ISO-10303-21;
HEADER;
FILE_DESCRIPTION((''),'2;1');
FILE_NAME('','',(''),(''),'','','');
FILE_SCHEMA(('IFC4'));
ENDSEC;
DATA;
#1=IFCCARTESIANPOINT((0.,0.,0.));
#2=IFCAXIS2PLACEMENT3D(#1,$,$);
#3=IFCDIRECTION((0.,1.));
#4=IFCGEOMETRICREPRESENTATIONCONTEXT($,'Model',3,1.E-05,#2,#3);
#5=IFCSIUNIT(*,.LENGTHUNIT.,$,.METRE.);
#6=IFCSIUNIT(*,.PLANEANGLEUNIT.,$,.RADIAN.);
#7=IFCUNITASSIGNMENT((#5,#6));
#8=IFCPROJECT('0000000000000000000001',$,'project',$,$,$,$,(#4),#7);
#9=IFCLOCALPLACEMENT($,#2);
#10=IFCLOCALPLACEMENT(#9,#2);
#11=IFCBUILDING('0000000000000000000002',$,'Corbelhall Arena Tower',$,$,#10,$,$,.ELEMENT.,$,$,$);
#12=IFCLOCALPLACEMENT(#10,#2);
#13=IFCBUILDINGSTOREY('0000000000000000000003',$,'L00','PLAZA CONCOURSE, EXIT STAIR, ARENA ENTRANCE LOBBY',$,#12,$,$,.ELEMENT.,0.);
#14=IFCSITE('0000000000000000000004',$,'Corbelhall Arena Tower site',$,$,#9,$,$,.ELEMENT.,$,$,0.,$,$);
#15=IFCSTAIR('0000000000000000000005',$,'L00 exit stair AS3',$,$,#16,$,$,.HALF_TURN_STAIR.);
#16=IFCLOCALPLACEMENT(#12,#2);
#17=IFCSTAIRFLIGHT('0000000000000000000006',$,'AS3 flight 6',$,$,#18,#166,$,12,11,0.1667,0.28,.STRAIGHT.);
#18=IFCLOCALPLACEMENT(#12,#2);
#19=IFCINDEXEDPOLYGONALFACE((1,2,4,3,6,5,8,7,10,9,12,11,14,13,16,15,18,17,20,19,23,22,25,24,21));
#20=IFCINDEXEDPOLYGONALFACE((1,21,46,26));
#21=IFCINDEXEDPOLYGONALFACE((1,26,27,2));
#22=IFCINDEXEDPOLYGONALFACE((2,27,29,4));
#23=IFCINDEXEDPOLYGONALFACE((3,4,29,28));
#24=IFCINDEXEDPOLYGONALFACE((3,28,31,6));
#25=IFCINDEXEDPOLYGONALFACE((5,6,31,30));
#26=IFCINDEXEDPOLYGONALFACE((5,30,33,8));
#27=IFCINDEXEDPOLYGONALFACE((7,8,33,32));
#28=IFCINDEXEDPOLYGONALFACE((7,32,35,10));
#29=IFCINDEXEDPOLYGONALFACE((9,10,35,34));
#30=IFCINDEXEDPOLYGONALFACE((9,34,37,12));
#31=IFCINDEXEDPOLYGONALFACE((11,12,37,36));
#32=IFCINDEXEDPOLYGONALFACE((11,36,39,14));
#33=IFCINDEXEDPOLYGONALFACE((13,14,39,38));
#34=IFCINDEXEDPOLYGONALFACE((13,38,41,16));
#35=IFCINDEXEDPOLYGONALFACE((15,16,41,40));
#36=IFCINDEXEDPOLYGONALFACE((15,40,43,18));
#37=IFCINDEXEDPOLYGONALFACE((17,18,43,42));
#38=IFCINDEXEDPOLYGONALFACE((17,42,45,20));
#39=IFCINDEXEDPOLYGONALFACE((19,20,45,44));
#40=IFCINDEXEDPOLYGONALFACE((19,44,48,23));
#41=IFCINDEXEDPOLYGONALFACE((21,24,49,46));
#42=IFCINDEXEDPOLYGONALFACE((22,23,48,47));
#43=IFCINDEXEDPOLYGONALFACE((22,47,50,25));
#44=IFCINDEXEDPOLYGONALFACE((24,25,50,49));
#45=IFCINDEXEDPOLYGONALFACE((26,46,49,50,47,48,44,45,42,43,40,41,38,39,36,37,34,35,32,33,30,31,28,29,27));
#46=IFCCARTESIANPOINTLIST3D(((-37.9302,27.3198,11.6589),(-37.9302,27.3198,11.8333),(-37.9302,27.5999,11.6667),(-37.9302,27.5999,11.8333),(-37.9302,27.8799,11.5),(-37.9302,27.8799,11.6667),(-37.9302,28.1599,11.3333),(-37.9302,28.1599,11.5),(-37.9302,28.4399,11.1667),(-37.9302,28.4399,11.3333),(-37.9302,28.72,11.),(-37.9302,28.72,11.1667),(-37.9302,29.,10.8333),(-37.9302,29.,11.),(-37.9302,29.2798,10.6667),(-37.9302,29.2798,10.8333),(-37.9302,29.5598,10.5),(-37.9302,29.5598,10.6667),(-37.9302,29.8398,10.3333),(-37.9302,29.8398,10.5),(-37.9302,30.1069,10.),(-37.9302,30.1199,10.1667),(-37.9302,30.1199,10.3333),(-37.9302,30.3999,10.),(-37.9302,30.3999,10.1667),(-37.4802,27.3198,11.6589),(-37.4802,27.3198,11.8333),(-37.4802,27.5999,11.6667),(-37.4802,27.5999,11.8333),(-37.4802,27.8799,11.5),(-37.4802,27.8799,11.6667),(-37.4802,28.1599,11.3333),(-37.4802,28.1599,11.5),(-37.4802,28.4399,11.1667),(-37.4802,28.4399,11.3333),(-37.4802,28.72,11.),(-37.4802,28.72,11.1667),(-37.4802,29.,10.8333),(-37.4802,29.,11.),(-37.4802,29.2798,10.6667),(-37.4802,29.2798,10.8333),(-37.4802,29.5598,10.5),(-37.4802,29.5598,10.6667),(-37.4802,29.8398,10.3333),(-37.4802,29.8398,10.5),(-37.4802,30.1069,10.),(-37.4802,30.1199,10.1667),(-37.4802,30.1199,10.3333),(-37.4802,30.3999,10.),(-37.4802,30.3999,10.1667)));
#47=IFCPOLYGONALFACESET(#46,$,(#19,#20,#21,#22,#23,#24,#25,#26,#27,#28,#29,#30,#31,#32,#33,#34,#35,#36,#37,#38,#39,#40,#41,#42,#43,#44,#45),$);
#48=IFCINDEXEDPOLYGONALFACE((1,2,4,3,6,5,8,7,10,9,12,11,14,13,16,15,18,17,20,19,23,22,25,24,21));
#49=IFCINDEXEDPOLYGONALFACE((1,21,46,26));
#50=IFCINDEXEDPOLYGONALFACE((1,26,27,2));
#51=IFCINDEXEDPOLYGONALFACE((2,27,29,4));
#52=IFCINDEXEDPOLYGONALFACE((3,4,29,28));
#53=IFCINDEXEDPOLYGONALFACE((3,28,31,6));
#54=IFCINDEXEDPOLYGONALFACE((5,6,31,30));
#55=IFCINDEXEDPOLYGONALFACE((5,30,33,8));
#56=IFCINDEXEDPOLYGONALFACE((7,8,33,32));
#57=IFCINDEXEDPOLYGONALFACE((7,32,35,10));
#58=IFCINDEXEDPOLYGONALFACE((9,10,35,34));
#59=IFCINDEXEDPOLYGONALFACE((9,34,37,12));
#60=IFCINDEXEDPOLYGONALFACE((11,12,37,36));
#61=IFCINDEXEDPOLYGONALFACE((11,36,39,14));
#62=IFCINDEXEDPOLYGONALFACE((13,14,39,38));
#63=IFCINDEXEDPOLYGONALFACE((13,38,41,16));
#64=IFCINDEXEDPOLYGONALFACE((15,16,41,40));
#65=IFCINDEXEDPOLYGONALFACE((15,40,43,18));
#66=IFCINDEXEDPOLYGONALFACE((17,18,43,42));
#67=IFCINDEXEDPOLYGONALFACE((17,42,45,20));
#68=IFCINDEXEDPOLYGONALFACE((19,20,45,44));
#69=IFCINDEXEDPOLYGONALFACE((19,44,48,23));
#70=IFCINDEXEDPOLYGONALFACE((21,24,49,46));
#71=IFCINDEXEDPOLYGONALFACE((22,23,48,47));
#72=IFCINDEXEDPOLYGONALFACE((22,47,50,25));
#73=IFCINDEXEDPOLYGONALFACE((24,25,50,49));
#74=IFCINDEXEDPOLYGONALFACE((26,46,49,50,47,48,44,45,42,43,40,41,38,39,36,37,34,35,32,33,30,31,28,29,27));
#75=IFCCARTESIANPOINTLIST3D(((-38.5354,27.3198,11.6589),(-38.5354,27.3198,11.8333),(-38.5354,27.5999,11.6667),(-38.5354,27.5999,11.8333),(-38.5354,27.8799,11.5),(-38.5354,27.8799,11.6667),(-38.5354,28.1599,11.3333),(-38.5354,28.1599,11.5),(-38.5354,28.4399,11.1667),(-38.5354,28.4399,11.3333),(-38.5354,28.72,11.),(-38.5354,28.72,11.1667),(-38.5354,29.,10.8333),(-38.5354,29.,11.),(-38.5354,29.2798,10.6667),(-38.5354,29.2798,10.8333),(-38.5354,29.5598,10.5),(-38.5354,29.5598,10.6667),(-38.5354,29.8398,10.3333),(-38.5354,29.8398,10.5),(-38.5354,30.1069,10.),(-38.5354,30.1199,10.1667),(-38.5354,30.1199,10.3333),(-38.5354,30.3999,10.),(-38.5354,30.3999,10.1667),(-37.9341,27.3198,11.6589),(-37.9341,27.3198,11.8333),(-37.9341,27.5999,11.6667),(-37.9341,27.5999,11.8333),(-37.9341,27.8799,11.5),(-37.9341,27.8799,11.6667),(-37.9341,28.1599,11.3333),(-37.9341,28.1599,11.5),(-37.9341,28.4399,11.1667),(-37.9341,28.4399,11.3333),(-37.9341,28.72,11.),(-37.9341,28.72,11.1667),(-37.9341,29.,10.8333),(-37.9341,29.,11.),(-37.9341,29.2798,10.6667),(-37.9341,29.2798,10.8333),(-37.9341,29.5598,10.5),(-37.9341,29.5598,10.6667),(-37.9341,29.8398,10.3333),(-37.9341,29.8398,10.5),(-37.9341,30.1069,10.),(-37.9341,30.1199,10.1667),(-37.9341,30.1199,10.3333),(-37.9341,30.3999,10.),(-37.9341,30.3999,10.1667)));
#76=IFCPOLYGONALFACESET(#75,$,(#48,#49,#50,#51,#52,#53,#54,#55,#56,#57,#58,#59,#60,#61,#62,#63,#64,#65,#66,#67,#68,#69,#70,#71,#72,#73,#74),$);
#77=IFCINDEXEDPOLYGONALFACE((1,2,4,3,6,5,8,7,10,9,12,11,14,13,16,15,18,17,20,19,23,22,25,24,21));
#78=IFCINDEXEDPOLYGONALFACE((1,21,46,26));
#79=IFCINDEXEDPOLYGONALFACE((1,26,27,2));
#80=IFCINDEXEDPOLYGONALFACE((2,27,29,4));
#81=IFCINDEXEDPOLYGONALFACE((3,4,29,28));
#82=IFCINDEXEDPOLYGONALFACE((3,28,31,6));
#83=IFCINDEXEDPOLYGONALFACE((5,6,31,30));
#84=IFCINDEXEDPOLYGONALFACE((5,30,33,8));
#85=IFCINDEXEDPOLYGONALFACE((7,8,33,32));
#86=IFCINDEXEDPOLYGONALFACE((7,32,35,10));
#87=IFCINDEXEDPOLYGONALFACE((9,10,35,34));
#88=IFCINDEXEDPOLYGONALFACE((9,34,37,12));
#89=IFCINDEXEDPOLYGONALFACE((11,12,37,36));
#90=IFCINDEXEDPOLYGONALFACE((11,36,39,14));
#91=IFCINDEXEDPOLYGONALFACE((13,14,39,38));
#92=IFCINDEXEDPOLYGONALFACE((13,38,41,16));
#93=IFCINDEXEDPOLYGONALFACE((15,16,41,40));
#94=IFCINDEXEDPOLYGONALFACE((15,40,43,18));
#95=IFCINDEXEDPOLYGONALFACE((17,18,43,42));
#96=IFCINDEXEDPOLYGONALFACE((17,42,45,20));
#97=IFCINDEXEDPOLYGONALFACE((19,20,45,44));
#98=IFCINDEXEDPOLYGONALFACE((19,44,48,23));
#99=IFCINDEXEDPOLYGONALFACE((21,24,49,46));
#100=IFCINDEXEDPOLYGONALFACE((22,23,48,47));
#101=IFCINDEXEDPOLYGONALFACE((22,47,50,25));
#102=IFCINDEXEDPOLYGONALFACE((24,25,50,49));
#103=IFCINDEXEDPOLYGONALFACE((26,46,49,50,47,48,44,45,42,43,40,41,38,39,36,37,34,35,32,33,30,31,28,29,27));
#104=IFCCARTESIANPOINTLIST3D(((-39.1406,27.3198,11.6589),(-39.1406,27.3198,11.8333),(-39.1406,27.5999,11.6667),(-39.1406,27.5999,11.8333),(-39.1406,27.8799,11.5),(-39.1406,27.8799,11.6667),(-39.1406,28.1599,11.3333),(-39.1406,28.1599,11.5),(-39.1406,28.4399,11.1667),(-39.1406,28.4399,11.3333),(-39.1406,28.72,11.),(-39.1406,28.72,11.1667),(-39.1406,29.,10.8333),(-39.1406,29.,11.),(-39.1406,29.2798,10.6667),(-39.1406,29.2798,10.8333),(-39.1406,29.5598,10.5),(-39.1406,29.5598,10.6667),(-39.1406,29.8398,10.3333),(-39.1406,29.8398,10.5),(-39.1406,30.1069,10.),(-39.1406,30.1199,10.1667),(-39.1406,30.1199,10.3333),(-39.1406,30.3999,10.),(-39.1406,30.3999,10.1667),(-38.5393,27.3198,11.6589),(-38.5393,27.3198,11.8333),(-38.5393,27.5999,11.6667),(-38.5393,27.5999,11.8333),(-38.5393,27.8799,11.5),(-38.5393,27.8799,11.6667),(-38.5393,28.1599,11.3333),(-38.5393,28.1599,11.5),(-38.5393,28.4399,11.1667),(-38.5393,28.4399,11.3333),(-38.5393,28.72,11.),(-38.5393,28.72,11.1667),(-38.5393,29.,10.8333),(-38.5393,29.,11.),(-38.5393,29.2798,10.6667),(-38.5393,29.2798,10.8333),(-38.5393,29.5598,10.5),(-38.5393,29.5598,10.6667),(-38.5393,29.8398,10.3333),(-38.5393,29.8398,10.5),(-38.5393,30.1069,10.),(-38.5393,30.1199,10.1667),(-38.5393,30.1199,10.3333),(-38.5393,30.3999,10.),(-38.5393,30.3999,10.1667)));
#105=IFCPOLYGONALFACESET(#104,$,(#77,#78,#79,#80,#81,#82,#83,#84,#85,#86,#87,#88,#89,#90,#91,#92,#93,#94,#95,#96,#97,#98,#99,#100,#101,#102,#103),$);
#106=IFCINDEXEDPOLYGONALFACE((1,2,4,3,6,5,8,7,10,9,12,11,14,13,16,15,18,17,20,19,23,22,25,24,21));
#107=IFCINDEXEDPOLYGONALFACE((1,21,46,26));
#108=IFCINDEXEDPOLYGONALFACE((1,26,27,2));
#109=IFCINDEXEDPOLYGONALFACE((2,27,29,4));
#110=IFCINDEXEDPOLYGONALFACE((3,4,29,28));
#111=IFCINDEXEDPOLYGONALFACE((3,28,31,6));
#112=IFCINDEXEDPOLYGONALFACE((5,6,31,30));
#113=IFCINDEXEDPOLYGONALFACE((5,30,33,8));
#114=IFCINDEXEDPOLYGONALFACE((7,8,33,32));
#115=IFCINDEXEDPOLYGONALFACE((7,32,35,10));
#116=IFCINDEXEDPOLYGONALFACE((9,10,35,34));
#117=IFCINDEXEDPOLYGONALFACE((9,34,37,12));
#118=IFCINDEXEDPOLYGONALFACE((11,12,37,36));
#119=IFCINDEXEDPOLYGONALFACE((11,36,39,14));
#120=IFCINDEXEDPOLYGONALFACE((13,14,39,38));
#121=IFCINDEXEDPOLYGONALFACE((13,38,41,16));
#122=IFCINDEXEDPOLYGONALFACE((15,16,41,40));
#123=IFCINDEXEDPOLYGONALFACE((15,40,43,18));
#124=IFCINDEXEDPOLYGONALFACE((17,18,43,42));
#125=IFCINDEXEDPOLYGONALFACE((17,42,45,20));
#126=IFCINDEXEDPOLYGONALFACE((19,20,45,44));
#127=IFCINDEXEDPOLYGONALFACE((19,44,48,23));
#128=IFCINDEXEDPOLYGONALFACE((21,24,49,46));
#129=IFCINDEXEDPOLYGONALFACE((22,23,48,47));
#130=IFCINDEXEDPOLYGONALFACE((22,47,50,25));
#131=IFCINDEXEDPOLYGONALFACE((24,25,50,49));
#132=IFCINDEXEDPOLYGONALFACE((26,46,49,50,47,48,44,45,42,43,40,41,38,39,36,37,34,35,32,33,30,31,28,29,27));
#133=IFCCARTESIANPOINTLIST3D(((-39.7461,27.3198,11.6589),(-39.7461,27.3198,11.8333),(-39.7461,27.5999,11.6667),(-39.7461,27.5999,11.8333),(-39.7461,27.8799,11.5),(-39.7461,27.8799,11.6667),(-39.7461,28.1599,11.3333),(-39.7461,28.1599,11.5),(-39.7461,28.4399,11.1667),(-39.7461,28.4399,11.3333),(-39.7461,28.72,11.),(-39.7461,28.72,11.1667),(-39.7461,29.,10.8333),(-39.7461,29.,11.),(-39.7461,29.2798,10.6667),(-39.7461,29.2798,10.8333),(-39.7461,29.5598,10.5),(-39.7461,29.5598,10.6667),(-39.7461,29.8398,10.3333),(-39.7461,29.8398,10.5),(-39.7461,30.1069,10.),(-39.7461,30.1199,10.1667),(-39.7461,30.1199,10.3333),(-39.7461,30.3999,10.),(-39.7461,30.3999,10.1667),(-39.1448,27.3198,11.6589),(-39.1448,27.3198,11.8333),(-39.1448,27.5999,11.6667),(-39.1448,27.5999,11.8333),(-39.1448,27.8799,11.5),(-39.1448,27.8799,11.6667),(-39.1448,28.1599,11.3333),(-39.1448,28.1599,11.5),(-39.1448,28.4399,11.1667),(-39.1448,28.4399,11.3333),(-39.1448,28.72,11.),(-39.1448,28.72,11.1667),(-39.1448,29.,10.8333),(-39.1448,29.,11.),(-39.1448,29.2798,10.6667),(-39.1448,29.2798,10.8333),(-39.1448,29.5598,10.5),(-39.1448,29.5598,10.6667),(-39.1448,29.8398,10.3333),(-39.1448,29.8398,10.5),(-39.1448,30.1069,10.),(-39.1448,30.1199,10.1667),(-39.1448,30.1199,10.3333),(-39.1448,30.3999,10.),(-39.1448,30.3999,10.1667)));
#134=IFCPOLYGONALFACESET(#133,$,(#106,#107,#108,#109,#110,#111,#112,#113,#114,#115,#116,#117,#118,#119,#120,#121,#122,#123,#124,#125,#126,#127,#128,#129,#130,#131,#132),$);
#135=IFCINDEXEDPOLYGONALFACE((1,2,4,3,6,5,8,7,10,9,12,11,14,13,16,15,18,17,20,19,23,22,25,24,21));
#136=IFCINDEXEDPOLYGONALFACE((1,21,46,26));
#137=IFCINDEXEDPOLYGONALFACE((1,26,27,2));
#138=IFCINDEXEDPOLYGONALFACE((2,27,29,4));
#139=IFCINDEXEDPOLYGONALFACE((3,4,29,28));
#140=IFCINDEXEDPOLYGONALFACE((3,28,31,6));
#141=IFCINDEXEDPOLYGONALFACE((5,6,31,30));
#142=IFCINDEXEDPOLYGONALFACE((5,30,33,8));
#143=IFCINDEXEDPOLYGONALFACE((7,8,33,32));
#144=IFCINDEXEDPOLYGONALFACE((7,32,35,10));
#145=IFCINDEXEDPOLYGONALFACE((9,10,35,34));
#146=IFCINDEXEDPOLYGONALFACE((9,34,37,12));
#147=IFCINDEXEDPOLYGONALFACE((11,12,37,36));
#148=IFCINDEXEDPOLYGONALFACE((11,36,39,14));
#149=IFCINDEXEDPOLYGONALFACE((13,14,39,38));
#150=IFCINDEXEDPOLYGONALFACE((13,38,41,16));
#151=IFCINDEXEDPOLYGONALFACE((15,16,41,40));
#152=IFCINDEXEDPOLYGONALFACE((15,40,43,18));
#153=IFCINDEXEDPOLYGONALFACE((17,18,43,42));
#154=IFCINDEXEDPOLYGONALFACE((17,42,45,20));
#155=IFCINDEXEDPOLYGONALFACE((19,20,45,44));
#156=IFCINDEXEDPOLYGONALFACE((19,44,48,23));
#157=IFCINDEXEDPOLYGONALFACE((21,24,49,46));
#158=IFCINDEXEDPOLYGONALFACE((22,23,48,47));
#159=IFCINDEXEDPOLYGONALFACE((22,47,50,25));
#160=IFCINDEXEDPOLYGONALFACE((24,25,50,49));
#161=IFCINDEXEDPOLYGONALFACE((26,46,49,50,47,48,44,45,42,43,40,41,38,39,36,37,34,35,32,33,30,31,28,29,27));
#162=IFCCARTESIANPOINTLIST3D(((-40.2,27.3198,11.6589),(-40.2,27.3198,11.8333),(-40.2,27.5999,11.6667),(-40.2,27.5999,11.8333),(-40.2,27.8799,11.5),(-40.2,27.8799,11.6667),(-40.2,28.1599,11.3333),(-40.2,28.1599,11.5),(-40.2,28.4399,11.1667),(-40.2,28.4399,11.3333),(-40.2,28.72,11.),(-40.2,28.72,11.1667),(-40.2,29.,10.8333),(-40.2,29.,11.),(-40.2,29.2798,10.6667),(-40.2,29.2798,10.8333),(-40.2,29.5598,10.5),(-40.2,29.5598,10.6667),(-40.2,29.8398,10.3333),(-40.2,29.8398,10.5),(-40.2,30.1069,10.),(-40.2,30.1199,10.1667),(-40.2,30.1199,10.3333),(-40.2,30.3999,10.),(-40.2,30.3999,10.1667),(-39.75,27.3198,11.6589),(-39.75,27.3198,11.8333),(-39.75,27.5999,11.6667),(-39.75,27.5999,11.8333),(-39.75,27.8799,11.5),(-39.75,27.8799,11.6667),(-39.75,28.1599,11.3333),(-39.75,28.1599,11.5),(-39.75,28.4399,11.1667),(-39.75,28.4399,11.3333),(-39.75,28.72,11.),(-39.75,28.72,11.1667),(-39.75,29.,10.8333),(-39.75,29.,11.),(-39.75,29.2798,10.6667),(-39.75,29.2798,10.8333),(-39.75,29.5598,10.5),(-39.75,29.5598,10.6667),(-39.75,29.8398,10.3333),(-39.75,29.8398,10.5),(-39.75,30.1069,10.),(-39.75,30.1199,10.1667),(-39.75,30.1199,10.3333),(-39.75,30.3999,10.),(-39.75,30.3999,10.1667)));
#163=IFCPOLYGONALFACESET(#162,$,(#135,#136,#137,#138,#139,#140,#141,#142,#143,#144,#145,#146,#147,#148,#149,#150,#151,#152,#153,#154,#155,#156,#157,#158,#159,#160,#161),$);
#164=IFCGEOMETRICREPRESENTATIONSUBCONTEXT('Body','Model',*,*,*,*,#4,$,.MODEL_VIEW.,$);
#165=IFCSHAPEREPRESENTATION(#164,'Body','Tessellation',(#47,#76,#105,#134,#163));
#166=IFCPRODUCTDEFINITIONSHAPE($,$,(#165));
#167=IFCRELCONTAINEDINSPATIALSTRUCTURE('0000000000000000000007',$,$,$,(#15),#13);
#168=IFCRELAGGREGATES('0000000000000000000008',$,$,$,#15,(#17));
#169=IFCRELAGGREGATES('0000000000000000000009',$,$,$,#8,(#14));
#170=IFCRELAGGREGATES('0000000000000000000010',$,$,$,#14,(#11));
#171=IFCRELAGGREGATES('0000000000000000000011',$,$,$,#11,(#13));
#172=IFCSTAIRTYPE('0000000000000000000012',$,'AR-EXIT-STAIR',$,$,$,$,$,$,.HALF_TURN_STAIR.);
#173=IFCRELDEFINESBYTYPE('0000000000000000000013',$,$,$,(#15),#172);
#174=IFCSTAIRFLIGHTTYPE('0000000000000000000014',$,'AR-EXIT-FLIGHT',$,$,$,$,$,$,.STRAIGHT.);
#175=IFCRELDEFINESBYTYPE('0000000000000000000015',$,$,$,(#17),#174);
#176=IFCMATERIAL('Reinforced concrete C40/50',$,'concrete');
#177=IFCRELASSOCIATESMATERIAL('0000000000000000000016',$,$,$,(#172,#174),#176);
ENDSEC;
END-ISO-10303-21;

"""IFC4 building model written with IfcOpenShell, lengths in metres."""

from ifc_helpers import new_model, si_unit, direction, frame, origin, place, context, subcontext, project, spatial, polyline, outline, extrude, material, type_object, element, aggregate, save


model = new_model("IFC4")

# Units and contexts
model_context = context("Model", 3, precision=1e-05, world=origin(), true_north=direction((0.0, 1.0)))
body_context = subcontext(model_context, "Body", "Model", "MODEL_VIEW")
ifc_project = project(units=[si_unit("LENGTHUNIT", "METRE"), si_unit("PLANEANGLEUNIT", "RADIAN")], contexts=[model_context])

# Site, building, storey
site_placement = place(None, origin())
site = spatial("IfcSite", under=ifc_project, at=site_placement, Name="Corbelhall Arena Tower site", CompositionType="ELEMENT", RefElevation=0.0)
building_placement = place(site_placement, origin())
building = spatial("IfcBuilding", under=site, at=building_placement, Name="Corbelhall Arena Tower", CompositionType="ELEMENT")
storey_placement = place(building_placement, origin())
storey = spatial("IfcBuildingStorey", under=building, at=storey_placement, Name="L00", Description="PLAZA CONCOURSE, EXIT STAIR, ARENA ENTRANCE LOBBY", CompositionType="ELEMENT", Elevation=0.0)

# Shared definitions
ifc_material_1 = material(Name="Reinforced concrete C40/50", Category="concrete")

# Stair, stair flight
stair_type = type_object("IfcStairType", Name="AR-EXIT-STAIR", PredefinedType="HALF_TURN_STAIR", material=ifc_material_1)
stair_1_placement = place(storey_placement, origin())
stair_1 = element("IfcStair", 1, at=stair_1_placement, inside=storey, type_object=stair_type, Name="L00 exit stair AS3", PredefinedType="HALF_TURN_STAIR")
stair_flight_type = type_object("IfcStairFlightType", Name="AR-EXIT-FLIGHT", PredefinedType="STRAIGHT", material=ifc_material_1)
stair_flight_1_placement = place(storey_placement, frame((-38.8401, 30.3999, 10.0), z_axis=(0.0, 0.0, 1.0), x_axis=(0.0, -1.0, 0.0)))
stair_flight_1 = element("IfcStairFlight", 2, at=stair_flight_1_placement, type_object=stair_flight_type, Name="AS3 flight 6", NumberOfRisers=12, NumberOfTreads=11, PredefinedType="STRAIGHT", RiserHeight=0.1667, TreadLength=0.28, context=body_context, shape_type="SweptSolid", body=[
    extrude(outline(polyline([(0.0, 0.0), (0.0, 0.1667), (0.28, 0.1667), (0.28, 0.3333), (0.5601, 0.3333), (0.5601, 0.5), (0.8401, 0.5), (0.8401, 0.6667), (1.1201, 0.6667), (1.1201, 0.8333), (1.3999, 0.8333), (1.3999, 1.0), (1.6799, 1.0), (1.6799, 1.1667), (1.96, 1.1667), (1.96, 1.3333), (2.24, 1.3333), (2.24, 1.5), (2.52, 1.5), (2.52, 1.6667), (2.8, 1.6667), (2.8, 1.8333), (3.0801, 1.8333), (3.0801, 2.0), (3.0801, 1.6589), (0.293, 0.0), (0.0, 0.0)])), frame((0.0, 1.3599, 0.0), z_axis=(0.0, -1.0, 0.0), x_axis=(1.0, 0.0, 0.0)), (0.0, 0.0, 1.0), 0.45),
    extrude(outline(polyline([(0.0, 0.0), (0.0, 0.1667), (0.28, 0.1667), (0.28, 0.3333), (0.5601, 0.3333), (0.5601, 0.5), (0.8401, 0.5), (0.8401, 0.6667), (1.1201, 0.6667), (1.1201, 0.8333), (1.3999, 0.8333), (1.3999, 1.0), (1.6799, 1.0), (1.6799, 1.1667), (1.96, 1.1667), (1.96, 1.3333), (2.24, 1.3333), (2.24, 1.5), (2.52, 1.5), (2.52, 1.6667), (2.8, 1.6667), (2.8, 1.8333), (3.0801, 1.8333), (3.0801, 2.0), (3.0801, 1.6589), (0.293, 0.0), (0.0, 0.0)])), frame((0.0, 0.906, 0.0), z_axis=(0.0, -1.0, 0.0), x_axis=(1.0, 0.0, 0.0)), (0.0, 0.0, 1.0), 0.6013),
    extrude(outline(polyline([(0.0, 0.0), (0.0, 0.1667), (0.28, 0.1667), (0.28, 0.3333), (0.5601, 0.3333), (0.5601, 0.5), (0.8401, 0.5), (0.8401, 0.6667), (1.1201, 0.6667), (1.1201, 0.8333), (1.3999, 0.8333), (1.3999, 1.0), (1.6799, 1.0), (1.6799, 1.1667), (1.96, 1.1667), (1.96, 1.3333), (2.24, 1.3333), (2.24, 1.5), (2.52, 1.5), (2.52, 1.6667), (2.8, 1.6667), (2.8, 1.8333), (3.0801, 1.8333), (3.0801, 2.0), (3.0801, 1.6589), (0.293, 0.0), (0.0, 0.0)])), frame((0.0, 0.3008, 0.0), z_axis=(0.0, -1.0, 0.0), x_axis=(1.0, 0.0, 0.0)), (0.0, 0.0, 1.0), 0.6013),
    extrude(outline(polyline([(0.0, 0.0), (0.0, 0.1667), (0.28, 0.1667), (0.28, 0.3333), (0.5601, 0.3333), (0.5601, 0.5), (0.8401, 0.5), (0.8401, 0.6667), (1.1201, 0.6667), (1.1201, 0.8333), (1.3999, 0.8333), (1.3999, 1.0), (1.6799, 1.0), (1.6799, 1.1667), (1.96, 1.1667), (1.96, 1.3333), (2.24, 1.3333), (2.24, 1.5), (2.52, 1.5), (2.52, 1.6667), (2.8, 1.6667), (2.8, 1.8333), (3.0801, 1.8333), (3.0801, 2.0), (3.0801, 1.6589), (0.293, 0.0), (0.0, 0.0)])), frame((0.0, -0.3047, 0.0), z_axis=(0.0, -1.0, 0.0), x_axis=(1.0, 0.0, 0.0)), (0.0, 0.0, 1.0), 0.6013),
    extrude(outline(polyline([(0.0, 0.0), (0.0, 0.1667), (0.28, 0.1667), (0.28, 0.3333), (0.5601, 0.3333), (0.5601, 0.5), (0.8401, 0.5), (0.8401, 0.6667), (1.1201, 0.6667), (1.1201, 0.8333), (1.3999, 0.8333), (1.3999, 1.0), (1.6799, 1.0), (1.6799, 1.1667), (1.96, 1.1667), (1.96, 1.3333), (2.24, 1.3333), (2.24, 1.5), (2.52, 1.5), (2.52, 1.6667), (2.8, 1.6667), (2.8, 1.8333), (3.0801, 1.8333), (3.0801, 2.0), (3.0801, 1.6589), (0.293, 0.0), (0.0, 0.0)])), frame((0.0, -0.9099, 0.0), z_axis=(0.0, -1.0, 0.0), x_axis=(1.0, 0.0, 0.0)), (0.0, 0.0, 1.0), 0.45),
])
aggregate(stair_1, [stair_flight_1])

save(model, "model.ifc")
